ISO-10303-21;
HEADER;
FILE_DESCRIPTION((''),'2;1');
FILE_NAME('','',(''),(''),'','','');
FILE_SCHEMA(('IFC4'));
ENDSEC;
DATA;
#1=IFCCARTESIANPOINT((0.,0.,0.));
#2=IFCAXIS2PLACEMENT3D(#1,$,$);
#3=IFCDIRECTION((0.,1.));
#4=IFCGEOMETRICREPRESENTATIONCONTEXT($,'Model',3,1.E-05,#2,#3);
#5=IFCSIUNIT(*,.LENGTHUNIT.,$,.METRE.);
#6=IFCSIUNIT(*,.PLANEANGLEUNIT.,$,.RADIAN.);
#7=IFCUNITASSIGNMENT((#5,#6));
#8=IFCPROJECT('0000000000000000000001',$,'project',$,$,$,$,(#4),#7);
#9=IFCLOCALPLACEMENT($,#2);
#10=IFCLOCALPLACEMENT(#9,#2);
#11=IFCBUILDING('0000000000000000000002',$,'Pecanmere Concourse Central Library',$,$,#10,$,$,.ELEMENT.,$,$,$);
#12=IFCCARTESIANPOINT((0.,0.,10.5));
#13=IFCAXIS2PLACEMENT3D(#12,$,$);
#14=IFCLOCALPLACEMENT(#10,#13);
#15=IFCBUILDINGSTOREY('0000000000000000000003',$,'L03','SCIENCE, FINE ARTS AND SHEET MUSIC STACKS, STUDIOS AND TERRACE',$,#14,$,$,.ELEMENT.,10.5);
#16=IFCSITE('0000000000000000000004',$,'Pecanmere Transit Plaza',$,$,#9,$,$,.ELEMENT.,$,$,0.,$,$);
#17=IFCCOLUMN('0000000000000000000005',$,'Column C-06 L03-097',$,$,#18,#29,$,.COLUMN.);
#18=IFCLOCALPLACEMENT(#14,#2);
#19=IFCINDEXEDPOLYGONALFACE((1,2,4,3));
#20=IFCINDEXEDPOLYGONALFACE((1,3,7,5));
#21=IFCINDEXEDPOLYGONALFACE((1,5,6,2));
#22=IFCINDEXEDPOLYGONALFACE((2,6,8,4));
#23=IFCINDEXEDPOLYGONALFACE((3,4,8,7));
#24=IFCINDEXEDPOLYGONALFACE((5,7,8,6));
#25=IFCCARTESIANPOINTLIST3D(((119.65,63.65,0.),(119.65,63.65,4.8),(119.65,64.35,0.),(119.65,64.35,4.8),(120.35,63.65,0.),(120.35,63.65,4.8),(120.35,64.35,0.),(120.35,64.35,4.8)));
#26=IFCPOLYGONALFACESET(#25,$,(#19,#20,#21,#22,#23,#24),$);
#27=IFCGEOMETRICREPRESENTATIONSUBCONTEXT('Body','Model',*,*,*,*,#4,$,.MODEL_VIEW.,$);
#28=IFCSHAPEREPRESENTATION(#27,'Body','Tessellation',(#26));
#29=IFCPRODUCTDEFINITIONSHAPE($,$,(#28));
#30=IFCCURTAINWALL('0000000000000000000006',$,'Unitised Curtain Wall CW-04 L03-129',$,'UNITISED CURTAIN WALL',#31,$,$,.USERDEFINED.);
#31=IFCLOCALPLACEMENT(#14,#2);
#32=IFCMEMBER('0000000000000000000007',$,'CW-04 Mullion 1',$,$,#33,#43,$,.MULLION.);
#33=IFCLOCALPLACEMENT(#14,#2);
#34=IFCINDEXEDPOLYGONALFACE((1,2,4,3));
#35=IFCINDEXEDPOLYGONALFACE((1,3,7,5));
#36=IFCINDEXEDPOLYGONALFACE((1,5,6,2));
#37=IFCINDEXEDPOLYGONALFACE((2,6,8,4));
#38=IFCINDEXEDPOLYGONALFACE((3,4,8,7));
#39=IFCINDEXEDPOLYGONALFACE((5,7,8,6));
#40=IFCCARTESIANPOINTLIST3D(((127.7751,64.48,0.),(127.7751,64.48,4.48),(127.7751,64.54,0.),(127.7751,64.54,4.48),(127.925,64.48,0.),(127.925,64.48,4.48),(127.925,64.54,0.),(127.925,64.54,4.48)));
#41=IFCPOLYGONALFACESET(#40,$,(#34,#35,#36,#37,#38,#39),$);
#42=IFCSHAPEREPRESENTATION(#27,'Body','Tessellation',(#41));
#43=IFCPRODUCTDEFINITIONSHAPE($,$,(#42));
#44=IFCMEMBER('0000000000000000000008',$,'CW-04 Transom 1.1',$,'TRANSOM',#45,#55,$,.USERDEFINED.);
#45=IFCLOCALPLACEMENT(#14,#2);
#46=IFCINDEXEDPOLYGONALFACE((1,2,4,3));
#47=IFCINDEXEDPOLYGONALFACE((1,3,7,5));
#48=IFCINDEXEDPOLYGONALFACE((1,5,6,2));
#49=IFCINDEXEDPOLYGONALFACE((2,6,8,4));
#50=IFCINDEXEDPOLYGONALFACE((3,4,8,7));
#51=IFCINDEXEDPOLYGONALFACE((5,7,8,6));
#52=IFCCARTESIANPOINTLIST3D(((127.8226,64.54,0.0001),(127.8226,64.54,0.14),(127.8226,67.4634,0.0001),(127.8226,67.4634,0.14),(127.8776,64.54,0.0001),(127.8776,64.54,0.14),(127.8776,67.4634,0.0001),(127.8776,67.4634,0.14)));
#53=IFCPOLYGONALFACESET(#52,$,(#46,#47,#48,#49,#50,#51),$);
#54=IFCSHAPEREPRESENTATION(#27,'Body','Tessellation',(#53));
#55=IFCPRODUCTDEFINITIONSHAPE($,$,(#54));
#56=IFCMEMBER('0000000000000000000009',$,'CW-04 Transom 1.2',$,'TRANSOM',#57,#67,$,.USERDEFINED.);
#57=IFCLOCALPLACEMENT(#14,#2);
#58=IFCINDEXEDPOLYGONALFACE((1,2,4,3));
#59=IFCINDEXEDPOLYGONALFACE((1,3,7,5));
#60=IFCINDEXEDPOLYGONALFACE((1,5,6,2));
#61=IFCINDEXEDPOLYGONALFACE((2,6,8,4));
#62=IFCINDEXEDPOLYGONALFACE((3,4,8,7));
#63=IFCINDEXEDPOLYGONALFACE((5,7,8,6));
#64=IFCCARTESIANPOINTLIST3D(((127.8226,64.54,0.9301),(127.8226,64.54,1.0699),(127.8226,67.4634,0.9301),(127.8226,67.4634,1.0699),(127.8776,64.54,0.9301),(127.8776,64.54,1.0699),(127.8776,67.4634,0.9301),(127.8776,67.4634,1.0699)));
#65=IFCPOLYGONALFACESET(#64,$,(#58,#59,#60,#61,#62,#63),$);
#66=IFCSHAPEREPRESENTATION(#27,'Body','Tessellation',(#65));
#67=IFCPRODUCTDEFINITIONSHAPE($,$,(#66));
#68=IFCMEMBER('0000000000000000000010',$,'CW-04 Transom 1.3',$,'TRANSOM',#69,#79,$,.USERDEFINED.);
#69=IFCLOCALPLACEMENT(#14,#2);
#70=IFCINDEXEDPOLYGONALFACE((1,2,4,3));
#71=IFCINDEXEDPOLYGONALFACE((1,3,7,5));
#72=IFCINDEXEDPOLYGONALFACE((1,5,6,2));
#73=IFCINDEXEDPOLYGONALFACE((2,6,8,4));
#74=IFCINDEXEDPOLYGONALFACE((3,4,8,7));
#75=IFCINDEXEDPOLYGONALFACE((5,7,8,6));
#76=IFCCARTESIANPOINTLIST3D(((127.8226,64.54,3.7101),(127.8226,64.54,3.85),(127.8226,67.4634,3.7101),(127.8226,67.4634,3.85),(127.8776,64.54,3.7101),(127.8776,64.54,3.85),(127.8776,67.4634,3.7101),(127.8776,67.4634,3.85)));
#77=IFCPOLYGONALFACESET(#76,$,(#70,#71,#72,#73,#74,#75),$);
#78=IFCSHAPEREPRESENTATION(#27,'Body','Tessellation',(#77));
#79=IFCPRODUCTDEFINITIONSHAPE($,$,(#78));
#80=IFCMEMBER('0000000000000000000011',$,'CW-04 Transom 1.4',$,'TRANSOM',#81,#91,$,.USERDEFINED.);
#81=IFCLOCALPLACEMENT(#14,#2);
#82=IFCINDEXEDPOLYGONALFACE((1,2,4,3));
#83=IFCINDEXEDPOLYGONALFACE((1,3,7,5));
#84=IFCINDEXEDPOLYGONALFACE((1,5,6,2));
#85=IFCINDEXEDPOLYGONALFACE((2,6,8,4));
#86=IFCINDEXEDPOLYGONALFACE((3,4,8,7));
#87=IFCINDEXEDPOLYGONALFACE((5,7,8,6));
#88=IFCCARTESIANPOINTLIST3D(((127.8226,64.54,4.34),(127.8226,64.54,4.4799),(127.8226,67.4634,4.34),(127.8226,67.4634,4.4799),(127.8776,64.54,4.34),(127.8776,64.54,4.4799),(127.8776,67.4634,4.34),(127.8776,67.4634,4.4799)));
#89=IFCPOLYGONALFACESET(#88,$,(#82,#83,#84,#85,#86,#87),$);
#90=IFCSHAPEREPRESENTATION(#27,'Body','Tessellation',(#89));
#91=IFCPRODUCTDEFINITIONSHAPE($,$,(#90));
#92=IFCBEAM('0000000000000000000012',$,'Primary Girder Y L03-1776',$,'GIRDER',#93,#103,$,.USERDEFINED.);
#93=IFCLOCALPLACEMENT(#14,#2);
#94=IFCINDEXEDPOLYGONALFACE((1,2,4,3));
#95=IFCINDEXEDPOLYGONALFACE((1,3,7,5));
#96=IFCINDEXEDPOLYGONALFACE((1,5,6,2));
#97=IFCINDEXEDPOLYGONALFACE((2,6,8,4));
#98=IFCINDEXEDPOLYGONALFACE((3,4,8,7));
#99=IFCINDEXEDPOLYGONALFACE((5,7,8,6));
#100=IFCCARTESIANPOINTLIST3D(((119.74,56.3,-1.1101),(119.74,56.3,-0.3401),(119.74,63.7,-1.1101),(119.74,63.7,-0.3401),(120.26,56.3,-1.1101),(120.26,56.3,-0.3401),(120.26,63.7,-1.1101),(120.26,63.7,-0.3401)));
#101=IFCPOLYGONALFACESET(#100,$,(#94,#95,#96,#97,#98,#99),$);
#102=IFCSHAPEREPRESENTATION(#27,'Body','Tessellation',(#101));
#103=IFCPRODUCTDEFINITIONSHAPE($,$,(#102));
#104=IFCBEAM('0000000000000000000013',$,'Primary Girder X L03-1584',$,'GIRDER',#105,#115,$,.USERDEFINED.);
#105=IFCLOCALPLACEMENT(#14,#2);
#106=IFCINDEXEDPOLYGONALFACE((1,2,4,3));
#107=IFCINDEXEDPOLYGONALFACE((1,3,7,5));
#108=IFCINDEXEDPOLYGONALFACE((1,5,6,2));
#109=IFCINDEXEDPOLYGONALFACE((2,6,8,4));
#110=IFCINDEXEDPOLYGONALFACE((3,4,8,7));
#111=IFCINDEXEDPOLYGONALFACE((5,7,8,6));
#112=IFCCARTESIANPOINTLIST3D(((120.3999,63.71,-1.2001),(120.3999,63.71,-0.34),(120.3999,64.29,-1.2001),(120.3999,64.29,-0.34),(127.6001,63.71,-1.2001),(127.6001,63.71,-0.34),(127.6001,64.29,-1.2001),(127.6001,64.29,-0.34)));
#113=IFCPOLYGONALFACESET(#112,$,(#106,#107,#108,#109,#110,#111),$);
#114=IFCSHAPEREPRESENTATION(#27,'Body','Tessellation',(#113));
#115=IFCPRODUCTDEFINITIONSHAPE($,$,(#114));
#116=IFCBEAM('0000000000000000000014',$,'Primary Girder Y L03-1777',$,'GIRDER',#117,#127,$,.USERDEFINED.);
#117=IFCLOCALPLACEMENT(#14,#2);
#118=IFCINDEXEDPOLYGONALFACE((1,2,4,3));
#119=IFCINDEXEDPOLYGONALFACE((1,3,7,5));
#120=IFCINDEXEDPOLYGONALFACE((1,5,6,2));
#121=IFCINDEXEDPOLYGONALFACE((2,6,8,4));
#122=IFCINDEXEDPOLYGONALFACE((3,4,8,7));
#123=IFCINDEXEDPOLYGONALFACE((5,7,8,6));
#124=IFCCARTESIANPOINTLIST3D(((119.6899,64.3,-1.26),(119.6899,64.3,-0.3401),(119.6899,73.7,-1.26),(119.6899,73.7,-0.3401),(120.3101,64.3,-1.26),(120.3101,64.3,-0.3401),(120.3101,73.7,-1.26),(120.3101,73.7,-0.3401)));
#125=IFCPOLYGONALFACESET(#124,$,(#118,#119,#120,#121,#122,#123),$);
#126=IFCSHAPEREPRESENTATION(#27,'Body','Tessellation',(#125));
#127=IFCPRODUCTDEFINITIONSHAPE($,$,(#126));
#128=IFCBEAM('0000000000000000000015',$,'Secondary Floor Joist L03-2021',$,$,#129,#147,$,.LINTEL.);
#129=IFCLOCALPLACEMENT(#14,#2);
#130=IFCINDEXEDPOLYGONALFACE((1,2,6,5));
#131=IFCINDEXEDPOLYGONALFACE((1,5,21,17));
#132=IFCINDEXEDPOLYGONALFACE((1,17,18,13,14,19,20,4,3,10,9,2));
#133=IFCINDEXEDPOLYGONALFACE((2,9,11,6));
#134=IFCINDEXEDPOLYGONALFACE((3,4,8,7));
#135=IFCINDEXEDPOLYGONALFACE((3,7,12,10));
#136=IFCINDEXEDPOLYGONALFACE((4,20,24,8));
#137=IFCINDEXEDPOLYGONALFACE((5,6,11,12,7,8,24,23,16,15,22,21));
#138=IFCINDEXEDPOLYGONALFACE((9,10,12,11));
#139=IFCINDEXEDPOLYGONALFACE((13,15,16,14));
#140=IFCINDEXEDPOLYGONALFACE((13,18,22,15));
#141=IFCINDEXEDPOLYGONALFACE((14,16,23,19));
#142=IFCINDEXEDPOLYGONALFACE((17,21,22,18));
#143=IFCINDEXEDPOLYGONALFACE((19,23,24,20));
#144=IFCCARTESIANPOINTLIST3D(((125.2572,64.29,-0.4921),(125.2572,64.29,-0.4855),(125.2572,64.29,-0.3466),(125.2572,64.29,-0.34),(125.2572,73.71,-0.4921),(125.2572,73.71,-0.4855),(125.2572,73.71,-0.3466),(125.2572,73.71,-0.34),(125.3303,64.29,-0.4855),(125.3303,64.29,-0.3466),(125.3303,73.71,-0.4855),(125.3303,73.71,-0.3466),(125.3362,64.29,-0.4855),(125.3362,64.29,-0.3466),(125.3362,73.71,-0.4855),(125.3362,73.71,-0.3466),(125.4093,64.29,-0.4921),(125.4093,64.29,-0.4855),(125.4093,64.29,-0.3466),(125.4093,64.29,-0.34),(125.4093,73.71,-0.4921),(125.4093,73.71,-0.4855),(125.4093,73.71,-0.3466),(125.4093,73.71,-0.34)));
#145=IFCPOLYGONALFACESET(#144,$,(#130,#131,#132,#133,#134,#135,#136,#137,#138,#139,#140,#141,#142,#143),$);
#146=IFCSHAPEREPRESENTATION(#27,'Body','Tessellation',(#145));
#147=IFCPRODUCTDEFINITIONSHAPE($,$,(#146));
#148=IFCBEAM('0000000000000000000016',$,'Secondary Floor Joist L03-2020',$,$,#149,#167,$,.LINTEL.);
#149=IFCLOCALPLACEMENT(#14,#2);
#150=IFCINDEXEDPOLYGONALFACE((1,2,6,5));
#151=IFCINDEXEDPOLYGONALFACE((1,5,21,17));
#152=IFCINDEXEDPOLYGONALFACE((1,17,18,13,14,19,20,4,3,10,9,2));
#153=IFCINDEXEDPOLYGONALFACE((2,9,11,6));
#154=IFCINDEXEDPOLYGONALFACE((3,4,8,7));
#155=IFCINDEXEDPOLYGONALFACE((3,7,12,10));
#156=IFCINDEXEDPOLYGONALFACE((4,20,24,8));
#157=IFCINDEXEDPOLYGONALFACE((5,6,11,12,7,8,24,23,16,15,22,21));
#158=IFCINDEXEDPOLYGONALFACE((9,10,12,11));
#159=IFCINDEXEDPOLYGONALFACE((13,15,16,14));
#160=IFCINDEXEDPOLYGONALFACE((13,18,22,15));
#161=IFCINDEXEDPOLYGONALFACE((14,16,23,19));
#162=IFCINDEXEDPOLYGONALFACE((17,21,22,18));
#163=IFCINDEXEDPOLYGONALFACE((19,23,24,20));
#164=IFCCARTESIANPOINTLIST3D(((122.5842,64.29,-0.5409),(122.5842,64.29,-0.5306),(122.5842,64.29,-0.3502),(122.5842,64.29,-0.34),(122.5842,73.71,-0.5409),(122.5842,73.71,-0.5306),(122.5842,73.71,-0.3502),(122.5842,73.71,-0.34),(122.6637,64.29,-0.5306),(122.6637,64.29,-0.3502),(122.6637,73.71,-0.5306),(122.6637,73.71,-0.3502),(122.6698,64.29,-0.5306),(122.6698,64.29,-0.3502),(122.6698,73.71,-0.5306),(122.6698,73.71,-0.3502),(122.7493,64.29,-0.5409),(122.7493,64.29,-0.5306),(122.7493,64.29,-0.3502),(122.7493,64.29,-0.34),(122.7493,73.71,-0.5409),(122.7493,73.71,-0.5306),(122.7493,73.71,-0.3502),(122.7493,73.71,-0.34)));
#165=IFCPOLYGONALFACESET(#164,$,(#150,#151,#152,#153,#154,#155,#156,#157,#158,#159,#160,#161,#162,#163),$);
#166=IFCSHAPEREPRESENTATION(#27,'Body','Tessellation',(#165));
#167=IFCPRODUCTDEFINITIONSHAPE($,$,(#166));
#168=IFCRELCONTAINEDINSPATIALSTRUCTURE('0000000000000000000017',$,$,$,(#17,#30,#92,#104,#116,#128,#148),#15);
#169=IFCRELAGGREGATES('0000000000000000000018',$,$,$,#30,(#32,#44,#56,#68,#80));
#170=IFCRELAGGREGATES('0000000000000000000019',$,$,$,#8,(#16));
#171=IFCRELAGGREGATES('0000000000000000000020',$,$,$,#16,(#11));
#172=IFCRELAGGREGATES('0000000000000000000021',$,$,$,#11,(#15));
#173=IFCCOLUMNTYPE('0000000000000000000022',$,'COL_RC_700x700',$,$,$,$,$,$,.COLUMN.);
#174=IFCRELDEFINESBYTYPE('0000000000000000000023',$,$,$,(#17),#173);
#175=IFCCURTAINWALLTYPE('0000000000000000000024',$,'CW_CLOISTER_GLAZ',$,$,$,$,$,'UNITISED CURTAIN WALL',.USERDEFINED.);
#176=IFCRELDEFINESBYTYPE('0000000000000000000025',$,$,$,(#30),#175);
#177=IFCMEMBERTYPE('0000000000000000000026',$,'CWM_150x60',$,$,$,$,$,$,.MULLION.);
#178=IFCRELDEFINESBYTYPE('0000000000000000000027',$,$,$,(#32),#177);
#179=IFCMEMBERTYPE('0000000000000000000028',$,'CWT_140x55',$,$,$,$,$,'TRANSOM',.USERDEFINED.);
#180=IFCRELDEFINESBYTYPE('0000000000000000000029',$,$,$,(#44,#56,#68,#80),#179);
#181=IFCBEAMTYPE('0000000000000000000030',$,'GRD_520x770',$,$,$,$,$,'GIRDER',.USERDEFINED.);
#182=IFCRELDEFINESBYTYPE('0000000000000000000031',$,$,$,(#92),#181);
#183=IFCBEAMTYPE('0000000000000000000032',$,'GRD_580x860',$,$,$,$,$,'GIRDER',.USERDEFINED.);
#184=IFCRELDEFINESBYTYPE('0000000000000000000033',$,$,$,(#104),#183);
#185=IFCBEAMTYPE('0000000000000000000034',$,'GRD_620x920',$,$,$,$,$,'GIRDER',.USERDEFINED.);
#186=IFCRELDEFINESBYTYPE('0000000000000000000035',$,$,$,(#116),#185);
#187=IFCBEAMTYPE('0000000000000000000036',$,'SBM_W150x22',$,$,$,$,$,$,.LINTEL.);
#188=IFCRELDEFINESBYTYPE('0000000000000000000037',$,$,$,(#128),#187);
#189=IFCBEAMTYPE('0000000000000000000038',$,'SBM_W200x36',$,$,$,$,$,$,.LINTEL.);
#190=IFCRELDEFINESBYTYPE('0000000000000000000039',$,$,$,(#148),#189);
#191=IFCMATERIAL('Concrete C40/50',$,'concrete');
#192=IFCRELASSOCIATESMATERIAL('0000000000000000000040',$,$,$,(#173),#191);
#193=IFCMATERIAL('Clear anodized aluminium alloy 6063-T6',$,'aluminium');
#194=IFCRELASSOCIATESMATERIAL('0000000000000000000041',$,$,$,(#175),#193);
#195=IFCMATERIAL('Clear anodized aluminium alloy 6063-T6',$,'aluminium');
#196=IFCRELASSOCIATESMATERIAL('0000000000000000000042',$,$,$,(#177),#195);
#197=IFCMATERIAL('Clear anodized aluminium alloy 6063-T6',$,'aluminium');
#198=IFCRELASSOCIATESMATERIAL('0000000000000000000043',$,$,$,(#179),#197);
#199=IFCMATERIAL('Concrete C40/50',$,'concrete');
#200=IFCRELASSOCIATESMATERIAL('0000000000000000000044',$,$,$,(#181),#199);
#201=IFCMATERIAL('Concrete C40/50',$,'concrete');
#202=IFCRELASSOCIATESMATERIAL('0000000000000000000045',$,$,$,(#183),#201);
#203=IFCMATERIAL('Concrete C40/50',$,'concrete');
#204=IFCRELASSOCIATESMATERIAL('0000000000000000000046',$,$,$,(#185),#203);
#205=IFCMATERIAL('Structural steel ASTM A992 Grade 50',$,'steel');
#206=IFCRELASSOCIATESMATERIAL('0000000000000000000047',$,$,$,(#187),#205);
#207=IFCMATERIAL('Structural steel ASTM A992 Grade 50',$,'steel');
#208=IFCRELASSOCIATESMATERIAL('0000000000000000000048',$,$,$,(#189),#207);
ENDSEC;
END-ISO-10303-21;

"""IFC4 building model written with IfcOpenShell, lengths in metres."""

from ifc_helpers import new_model, si_unit, direction, frame, origin, origin_2d, place, context, subcontext, project, spatial, rectangle, i_section, extrude, material, material_profile, profile_set, type_object, element, aggregate, save


model = new_model("IFC4")

# Units and contexts
model_context = context("Model", 3, precision=1e-05, world=origin(), true_north=direction((0.0, 1.0)))
body_context = subcontext(model_context, "Body", "Model", "MODEL_VIEW")
ifc_project = project(units=[si_unit("LENGTHUNIT", "METRE"), si_unit("PLANEANGLEUNIT", "RADIAN")], contexts=[model_context])

# Site, building, storey
site_placement = place(None, origin())
site = spatial("IfcSite", under=ifc_project, at=site_placement, Name="Pecanmere Transit Plaza", CompositionType="ELEMENT", RefElevation=0.0)
building_placement = place(site_placement, origin())
building = spatial("IfcBuilding", under=site, at=building_placement, Name="Pecanmere Concourse Central Library", CompositionType="ELEMENT")
storey_placement = place(building_placement, frame((0.0, 0.0, 10.5)))
storey = spatial("IfcBuildingStorey", under=building, at=storey_placement, Name="L03", Description="SCIENCE, FINE ARTS AND SHEET MUSIC STACKS, STUDIOS AND TERRACE", CompositionType="ELEMENT", Elevation=10.5)

# Column
ifc_material_1 = material(Name="Concrete C40/50", Category="concrete")
ifc_material_profile_1 = material_profile(ifc_material_1, rectangle(XDim=0.7, YDim=0.7, at=origin_2d()), Name="RC 700x700")
ifc_profile_set_1 = profile_set([ifc_material_profile_1], Name="Concrete C40/50")
column_type = type_object("IfcColumnType", Name="COL_RC_700x700", PredefinedType="COLUMN", material=ifc_profile_set_1)
column_placement = place(storey_placement, frame((120.0, 64.0, 0.0), z_axis=(0.0, 0.0, 1.0), x_axis=(1.0, 0.0, 0.0)))
element("IfcColumn", 1, at=column_placement, inside=storey, type_object=column_type, Name="Column C-06 L03-097", PredefinedType="COLUMN", context=body_context, shape_type="SweptSolid", body=[
    extrude(rectangle(XDim=0.7, YDim=0.7, at=origin_2d()), origin(), (0.0, 0.0, 1.0), 4.8),
])

# Curtain wall, members
ifc_material_2 = material(Name="Clear anodized aluminium alloy 6063-T6", Category="aluminium")
curtain_wall_type = type_object("IfcCurtainWallType", Name="CW_CLOISTER_GLAZ", ElementType="UNITISED CURTAIN WALL", PredefinedType="USERDEFINED", material=ifc_material_2)
curtain_wall_placement = place(storey_placement, origin())
curtain_wall = element("IfcCurtainWall", 2, at=curtain_wall_placement, inside=storey, type_object=curtain_wall_type, Name="Unitised Curtain Wall CW-04 L03-129", ObjectType="UNITISED CURTAIN WALL", PredefinedType="USERDEFINED")
ifc_material_3 = material(Name="Clear anodized aluminium alloy 6063-T6", Category="aluminium")
ifc_material_profile_2 = material_profile(ifc_material_3, rectangle(XDim=0.0601, YDim=0.1499, at=origin_2d()), Name="AL 60x150")
ifc_profile_set_2 = profile_set([ifc_material_profile_2], Name="Clear anodized aluminium alloy 6063-T6")
member_type_1 = type_object("IfcMemberType", Name="CWM_150x60", PredefinedType="MULLION", material=ifc_profile_set_2)
member_1_placement = place(storey_placement, frame((127.8501, 64.51, 0.0), z_axis=(0.0, 0.0, 1.0), x_axis=(0.0, 1.0, 0.0)))
member_1 = element("IfcMember", 3, at=member_1_placement, type_object=member_type_1, Name="CW-04 Mullion 1", PredefinedType="MULLION", context=body_context, shape_type="SweptSolid", body=[
    extrude(rectangle(XDim=0.0601, YDim=0.1499, at=origin_2d()), origin(), (0.0, 0.0, 1.0), 4.48),
])
ifc_material_4 = material(Name="Clear anodized aluminium alloy 6063-T6", Category="aluminium")
ifc_material_profile_3 = material_profile(ifc_material_4, rectangle(XDim=0.0549, YDim=0.1399, at=origin_2d()), Name="AL 55x140")
ifc_profile_set_3 = profile_set([ifc_material_profile_3], Name="Clear anodized aluminium alloy 6063-T6")
member_type_2 = type_object("IfcMemberType", Name="CWT_140x55", ElementType="TRANSOM", PredefinedType="USERDEFINED", material=ifc_profile_set_3)
member_2_placement = place(storey_placement, frame((127.8501, 64.54, 0.0701), z_axis=(0.0, 1.0, 0.0), x_axis=(-1.0, 0.0, 0.0)))
member_2 = element("IfcMember", 4, at=member_2_placement, type_object=member_type_2, Name="CW-04 Transom 1.1", ObjectType="TRANSOM", PredefinedType="USERDEFINED", context=body_context, shape_type="SweptSolid", body=[
    extrude(rectangle(XDim=0.0549, YDim=0.1399, at=origin_2d()), origin(), (0.0, 0.0, 1.0), 2.9233),
])
member_3_placement = place(storey_placement, frame((127.8501, 64.54, 1.0), z_axis=(0.0, 1.0, 0.0), x_axis=(-1.0, 0.0, 0.0)))
member_3 = element("IfcMember", 5, at=member_3_placement, type_object=member_type_2, Name="CW-04 Transom 1.2", ObjectType="TRANSOM", PredefinedType="USERDEFINED", context=body_context, shape_type="SweptSolid", body=[
    extrude(rectangle(XDim=0.0549, YDim=0.1399, at=origin_2d()), origin(), (0.0, 0.0, 1.0), 2.9233),
])
member_4_placement = place(storey_placement, frame((127.8501, 64.54, 3.78), z_axis=(0.0, 1.0, 0.0), x_axis=(-1.0, 0.0, 0.0)))
member_4 = element("IfcMember", 6, at=member_4_placement, type_object=member_type_2, Name="CW-04 Transom 1.3", ObjectType="TRANSOM", PredefinedType="USERDEFINED", context=body_context, shape_type="SweptSolid", body=[
    extrude(rectangle(XDim=0.0549, YDim=0.1399, at=origin_2d()), origin(), (0.0, 0.0, 1.0), 2.9233),
])
member_5_placement = place(storey_placement, frame((127.8501, 64.54, 4.4099), z_axis=(0.0, 1.0, 0.0), x_axis=(-1.0, 0.0, 0.0)))
member_5 = element("IfcMember", 7, at=member_5_placement, type_object=member_type_2, Name="CW-04 Transom 1.4", ObjectType="TRANSOM", PredefinedType="USERDEFINED", context=body_context, shape_type="SweptSolid", body=[
    extrude(rectangle(XDim=0.0549, YDim=0.1399, at=origin_2d()), origin(), (0.0, 0.0, 1.0), 2.9233),
])

# Beams
ifc_material_5 = material(Name="Concrete C40/50", Category="concrete")
ifc_material_profile_4 = material_profile(ifc_material_5, rectangle(XDim=0.52, YDim=0.77, at=origin_2d()), Name="RC 520x770")
ifc_profile_set_4 = profile_set([ifc_material_profile_4], Name="Concrete C40/50")
beam_type_1 = type_object("IfcBeamType", Name="GRD_520x770", ElementType="GIRDER", PredefinedType="USERDEFINED", material=ifc_profile_set_4)
beam_1_placement = place(storey_placement, frame((120.0, 56.3, -0.7251), z_axis=(0.0, 1.0, 0.0), x_axis=(-1.0, 0.0, 0.0)))
element("IfcBeam", 8, at=beam_1_placement, inside=storey, type_object=beam_type_1, Name="Primary Girder Y L03-1776", ObjectType="GIRDER", PredefinedType="USERDEFINED", context=body_context, shape_type="SweptSolid", body=[
    extrude(rectangle(XDim=0.52, YDim=0.77, at=origin_2d()), origin(), (0.0, 0.0, 1.0), 7.3999),
])
ifc_material_6 = material(Name="Concrete C40/50", Category="concrete")
ifc_material_profile_5 = material_profile(ifc_material_6, rectangle(XDim=0.5801, YDim=0.8601, at=origin_2d()), Name="RC 580x860")
ifc_profile_set_5 = profile_set([ifc_material_profile_5], Name="Concrete C40/50")
beam_type_2 = type_object("IfcBeamType", Name="GRD_580x860", ElementType="GIRDER", PredefinedType="USERDEFINED", material=ifc_profile_set_5)
beam_2_placement = place(storey_placement, frame((120.3999, 64.0, -0.77), z_axis=(1.0, 0.0, 0.0), x_axis=(0.0, 1.0, 0.0)))
element("IfcBeam", 9, at=beam_2_placement, inside=storey, type_object=beam_type_2, Name="Primary Girder X L03-1584", ObjectType="GIRDER", PredefinedType="USERDEFINED", context=body_context, shape_type="SweptSolid", body=[
    extrude(rectangle(XDim=0.5801, YDim=0.8601, at=origin_2d()), origin(), (0.0, 0.0, 1.0), 7.2002),
])
ifc_material_7 = material(Name="Concrete C40/50", Category="concrete")
ifc_material_profile_6 = material_profile(ifc_material_7, rectangle(XDim=0.6201, YDim=0.9199, at=origin_2d()), Name="RC 620x920")
ifc_profile_set_6 = profile_set([ifc_material_profile_6], Name="Concrete C40/50")
beam_type_3 = type_object("IfcBeamType", Name="GRD_620x920", ElementType="GIRDER", PredefinedType="USERDEFINED", material=ifc_profile_set_6)
beam_3_placement = place(storey_placement, frame((120.0, 64.3, -0.8), z_axis=(0.0, 1.0, 0.0), x_axis=(-1.0, 0.0, 0.0)))
element("IfcBeam", 10, at=beam_3_placement, inside=storey, type_object=beam_type_3, Name="Primary Girder Y L03-1777", ObjectType="GIRDER", PredefinedType="USERDEFINED", context=body_context, shape_type="SweptSolid", body=[
    extrude(rectangle(XDim=0.6201, YDim=0.9199, at=origin_2d()), origin(), (0.0, 0.0, 1.0), 9.3999),
])
ifc_material_8 = material(Name="Structural steel ASTM A992 Grade 50", Category="steel")
ifc_material_profile_7 = material_profile(ifc_material_8, i_section(OverallWidth=0.1521, OverallDepth=0.1521, WebThickness=0.0059, FlangeThickness=0.0066, at=origin_2d()), Name="W150x22.5")
ifc_profile_set_7 = profile_set([ifc_material_profile_7], Name="Structural steel ASTM A992 Grade 50")
beam_type_4 = type_object("IfcBeamType", Name="SBM_W150x22", PredefinedType="LINTEL", material=ifc_profile_set_7)
beam_4_placement = place(storey_placement, frame((125.3333, 64.29, -0.416), z_axis=(0.0, 1.0, 0.0), x_axis=(-1.0, 0.0, 0.0)))
element("IfcBeam", 11, at=beam_4_placement, inside=storey, type_object=beam_type_4, Name="Secondary Floor Joist L03-2021", PredefinedType="LINTEL", context=body_context, shape_type="SweptSolid", body=[
    extrude(i_section(OverallWidth=0.1521, OverallDepth=0.1521, WebThickness=0.0059, FlangeThickness=0.0066, at=origin_2d()), origin(), (0.0, 0.0, 1.0), 9.4199),
])
ifc_material_9 = material(Name="Structural steel ASTM A992 Grade 50", Category="steel")
ifc_material_profile_8 = material_profile(ifc_material_9, i_section(OverallWidth=0.165, OverallDepth=0.2009, WebThickness=0.0061, FlangeThickness=0.0103, at=origin_2d()), Name="W200x35.9")
ifc_profile_set_8 = profile_set([ifc_material_profile_8], Name="Structural steel ASTM A992 Grade 50")
beam_type_5 = type_object("IfcBeamType", Name="SBM_W200x36", PredefinedType="LINTEL", material=ifc_profile_set_8)
beam_5_placement = place(storey_placement, frame((122.6667, 64.29, -0.4404), z_axis=(0.0, 1.0, 0.0), x_axis=(-1.0, 0.0, 0.0)))
element("IfcBeam", 12, at=beam_5_placement, inside=storey, type_object=beam_type_5, Name="Secondary Floor Joist L03-2020", PredefinedType="LINTEL", context=body_context, shape_type="SweptSolid", body=[
    extrude(i_section(OverallWidth=0.165, OverallDepth=0.2009, WebThickness=0.0061, FlangeThickness=0.0103, at=origin_2d()), origin(), (0.0, 0.0, 1.0), 9.4199),
])

aggregate(curtain_wall, [member_1, member_2, member_3, member_4, member_5])

save(model, "model.ifc")
